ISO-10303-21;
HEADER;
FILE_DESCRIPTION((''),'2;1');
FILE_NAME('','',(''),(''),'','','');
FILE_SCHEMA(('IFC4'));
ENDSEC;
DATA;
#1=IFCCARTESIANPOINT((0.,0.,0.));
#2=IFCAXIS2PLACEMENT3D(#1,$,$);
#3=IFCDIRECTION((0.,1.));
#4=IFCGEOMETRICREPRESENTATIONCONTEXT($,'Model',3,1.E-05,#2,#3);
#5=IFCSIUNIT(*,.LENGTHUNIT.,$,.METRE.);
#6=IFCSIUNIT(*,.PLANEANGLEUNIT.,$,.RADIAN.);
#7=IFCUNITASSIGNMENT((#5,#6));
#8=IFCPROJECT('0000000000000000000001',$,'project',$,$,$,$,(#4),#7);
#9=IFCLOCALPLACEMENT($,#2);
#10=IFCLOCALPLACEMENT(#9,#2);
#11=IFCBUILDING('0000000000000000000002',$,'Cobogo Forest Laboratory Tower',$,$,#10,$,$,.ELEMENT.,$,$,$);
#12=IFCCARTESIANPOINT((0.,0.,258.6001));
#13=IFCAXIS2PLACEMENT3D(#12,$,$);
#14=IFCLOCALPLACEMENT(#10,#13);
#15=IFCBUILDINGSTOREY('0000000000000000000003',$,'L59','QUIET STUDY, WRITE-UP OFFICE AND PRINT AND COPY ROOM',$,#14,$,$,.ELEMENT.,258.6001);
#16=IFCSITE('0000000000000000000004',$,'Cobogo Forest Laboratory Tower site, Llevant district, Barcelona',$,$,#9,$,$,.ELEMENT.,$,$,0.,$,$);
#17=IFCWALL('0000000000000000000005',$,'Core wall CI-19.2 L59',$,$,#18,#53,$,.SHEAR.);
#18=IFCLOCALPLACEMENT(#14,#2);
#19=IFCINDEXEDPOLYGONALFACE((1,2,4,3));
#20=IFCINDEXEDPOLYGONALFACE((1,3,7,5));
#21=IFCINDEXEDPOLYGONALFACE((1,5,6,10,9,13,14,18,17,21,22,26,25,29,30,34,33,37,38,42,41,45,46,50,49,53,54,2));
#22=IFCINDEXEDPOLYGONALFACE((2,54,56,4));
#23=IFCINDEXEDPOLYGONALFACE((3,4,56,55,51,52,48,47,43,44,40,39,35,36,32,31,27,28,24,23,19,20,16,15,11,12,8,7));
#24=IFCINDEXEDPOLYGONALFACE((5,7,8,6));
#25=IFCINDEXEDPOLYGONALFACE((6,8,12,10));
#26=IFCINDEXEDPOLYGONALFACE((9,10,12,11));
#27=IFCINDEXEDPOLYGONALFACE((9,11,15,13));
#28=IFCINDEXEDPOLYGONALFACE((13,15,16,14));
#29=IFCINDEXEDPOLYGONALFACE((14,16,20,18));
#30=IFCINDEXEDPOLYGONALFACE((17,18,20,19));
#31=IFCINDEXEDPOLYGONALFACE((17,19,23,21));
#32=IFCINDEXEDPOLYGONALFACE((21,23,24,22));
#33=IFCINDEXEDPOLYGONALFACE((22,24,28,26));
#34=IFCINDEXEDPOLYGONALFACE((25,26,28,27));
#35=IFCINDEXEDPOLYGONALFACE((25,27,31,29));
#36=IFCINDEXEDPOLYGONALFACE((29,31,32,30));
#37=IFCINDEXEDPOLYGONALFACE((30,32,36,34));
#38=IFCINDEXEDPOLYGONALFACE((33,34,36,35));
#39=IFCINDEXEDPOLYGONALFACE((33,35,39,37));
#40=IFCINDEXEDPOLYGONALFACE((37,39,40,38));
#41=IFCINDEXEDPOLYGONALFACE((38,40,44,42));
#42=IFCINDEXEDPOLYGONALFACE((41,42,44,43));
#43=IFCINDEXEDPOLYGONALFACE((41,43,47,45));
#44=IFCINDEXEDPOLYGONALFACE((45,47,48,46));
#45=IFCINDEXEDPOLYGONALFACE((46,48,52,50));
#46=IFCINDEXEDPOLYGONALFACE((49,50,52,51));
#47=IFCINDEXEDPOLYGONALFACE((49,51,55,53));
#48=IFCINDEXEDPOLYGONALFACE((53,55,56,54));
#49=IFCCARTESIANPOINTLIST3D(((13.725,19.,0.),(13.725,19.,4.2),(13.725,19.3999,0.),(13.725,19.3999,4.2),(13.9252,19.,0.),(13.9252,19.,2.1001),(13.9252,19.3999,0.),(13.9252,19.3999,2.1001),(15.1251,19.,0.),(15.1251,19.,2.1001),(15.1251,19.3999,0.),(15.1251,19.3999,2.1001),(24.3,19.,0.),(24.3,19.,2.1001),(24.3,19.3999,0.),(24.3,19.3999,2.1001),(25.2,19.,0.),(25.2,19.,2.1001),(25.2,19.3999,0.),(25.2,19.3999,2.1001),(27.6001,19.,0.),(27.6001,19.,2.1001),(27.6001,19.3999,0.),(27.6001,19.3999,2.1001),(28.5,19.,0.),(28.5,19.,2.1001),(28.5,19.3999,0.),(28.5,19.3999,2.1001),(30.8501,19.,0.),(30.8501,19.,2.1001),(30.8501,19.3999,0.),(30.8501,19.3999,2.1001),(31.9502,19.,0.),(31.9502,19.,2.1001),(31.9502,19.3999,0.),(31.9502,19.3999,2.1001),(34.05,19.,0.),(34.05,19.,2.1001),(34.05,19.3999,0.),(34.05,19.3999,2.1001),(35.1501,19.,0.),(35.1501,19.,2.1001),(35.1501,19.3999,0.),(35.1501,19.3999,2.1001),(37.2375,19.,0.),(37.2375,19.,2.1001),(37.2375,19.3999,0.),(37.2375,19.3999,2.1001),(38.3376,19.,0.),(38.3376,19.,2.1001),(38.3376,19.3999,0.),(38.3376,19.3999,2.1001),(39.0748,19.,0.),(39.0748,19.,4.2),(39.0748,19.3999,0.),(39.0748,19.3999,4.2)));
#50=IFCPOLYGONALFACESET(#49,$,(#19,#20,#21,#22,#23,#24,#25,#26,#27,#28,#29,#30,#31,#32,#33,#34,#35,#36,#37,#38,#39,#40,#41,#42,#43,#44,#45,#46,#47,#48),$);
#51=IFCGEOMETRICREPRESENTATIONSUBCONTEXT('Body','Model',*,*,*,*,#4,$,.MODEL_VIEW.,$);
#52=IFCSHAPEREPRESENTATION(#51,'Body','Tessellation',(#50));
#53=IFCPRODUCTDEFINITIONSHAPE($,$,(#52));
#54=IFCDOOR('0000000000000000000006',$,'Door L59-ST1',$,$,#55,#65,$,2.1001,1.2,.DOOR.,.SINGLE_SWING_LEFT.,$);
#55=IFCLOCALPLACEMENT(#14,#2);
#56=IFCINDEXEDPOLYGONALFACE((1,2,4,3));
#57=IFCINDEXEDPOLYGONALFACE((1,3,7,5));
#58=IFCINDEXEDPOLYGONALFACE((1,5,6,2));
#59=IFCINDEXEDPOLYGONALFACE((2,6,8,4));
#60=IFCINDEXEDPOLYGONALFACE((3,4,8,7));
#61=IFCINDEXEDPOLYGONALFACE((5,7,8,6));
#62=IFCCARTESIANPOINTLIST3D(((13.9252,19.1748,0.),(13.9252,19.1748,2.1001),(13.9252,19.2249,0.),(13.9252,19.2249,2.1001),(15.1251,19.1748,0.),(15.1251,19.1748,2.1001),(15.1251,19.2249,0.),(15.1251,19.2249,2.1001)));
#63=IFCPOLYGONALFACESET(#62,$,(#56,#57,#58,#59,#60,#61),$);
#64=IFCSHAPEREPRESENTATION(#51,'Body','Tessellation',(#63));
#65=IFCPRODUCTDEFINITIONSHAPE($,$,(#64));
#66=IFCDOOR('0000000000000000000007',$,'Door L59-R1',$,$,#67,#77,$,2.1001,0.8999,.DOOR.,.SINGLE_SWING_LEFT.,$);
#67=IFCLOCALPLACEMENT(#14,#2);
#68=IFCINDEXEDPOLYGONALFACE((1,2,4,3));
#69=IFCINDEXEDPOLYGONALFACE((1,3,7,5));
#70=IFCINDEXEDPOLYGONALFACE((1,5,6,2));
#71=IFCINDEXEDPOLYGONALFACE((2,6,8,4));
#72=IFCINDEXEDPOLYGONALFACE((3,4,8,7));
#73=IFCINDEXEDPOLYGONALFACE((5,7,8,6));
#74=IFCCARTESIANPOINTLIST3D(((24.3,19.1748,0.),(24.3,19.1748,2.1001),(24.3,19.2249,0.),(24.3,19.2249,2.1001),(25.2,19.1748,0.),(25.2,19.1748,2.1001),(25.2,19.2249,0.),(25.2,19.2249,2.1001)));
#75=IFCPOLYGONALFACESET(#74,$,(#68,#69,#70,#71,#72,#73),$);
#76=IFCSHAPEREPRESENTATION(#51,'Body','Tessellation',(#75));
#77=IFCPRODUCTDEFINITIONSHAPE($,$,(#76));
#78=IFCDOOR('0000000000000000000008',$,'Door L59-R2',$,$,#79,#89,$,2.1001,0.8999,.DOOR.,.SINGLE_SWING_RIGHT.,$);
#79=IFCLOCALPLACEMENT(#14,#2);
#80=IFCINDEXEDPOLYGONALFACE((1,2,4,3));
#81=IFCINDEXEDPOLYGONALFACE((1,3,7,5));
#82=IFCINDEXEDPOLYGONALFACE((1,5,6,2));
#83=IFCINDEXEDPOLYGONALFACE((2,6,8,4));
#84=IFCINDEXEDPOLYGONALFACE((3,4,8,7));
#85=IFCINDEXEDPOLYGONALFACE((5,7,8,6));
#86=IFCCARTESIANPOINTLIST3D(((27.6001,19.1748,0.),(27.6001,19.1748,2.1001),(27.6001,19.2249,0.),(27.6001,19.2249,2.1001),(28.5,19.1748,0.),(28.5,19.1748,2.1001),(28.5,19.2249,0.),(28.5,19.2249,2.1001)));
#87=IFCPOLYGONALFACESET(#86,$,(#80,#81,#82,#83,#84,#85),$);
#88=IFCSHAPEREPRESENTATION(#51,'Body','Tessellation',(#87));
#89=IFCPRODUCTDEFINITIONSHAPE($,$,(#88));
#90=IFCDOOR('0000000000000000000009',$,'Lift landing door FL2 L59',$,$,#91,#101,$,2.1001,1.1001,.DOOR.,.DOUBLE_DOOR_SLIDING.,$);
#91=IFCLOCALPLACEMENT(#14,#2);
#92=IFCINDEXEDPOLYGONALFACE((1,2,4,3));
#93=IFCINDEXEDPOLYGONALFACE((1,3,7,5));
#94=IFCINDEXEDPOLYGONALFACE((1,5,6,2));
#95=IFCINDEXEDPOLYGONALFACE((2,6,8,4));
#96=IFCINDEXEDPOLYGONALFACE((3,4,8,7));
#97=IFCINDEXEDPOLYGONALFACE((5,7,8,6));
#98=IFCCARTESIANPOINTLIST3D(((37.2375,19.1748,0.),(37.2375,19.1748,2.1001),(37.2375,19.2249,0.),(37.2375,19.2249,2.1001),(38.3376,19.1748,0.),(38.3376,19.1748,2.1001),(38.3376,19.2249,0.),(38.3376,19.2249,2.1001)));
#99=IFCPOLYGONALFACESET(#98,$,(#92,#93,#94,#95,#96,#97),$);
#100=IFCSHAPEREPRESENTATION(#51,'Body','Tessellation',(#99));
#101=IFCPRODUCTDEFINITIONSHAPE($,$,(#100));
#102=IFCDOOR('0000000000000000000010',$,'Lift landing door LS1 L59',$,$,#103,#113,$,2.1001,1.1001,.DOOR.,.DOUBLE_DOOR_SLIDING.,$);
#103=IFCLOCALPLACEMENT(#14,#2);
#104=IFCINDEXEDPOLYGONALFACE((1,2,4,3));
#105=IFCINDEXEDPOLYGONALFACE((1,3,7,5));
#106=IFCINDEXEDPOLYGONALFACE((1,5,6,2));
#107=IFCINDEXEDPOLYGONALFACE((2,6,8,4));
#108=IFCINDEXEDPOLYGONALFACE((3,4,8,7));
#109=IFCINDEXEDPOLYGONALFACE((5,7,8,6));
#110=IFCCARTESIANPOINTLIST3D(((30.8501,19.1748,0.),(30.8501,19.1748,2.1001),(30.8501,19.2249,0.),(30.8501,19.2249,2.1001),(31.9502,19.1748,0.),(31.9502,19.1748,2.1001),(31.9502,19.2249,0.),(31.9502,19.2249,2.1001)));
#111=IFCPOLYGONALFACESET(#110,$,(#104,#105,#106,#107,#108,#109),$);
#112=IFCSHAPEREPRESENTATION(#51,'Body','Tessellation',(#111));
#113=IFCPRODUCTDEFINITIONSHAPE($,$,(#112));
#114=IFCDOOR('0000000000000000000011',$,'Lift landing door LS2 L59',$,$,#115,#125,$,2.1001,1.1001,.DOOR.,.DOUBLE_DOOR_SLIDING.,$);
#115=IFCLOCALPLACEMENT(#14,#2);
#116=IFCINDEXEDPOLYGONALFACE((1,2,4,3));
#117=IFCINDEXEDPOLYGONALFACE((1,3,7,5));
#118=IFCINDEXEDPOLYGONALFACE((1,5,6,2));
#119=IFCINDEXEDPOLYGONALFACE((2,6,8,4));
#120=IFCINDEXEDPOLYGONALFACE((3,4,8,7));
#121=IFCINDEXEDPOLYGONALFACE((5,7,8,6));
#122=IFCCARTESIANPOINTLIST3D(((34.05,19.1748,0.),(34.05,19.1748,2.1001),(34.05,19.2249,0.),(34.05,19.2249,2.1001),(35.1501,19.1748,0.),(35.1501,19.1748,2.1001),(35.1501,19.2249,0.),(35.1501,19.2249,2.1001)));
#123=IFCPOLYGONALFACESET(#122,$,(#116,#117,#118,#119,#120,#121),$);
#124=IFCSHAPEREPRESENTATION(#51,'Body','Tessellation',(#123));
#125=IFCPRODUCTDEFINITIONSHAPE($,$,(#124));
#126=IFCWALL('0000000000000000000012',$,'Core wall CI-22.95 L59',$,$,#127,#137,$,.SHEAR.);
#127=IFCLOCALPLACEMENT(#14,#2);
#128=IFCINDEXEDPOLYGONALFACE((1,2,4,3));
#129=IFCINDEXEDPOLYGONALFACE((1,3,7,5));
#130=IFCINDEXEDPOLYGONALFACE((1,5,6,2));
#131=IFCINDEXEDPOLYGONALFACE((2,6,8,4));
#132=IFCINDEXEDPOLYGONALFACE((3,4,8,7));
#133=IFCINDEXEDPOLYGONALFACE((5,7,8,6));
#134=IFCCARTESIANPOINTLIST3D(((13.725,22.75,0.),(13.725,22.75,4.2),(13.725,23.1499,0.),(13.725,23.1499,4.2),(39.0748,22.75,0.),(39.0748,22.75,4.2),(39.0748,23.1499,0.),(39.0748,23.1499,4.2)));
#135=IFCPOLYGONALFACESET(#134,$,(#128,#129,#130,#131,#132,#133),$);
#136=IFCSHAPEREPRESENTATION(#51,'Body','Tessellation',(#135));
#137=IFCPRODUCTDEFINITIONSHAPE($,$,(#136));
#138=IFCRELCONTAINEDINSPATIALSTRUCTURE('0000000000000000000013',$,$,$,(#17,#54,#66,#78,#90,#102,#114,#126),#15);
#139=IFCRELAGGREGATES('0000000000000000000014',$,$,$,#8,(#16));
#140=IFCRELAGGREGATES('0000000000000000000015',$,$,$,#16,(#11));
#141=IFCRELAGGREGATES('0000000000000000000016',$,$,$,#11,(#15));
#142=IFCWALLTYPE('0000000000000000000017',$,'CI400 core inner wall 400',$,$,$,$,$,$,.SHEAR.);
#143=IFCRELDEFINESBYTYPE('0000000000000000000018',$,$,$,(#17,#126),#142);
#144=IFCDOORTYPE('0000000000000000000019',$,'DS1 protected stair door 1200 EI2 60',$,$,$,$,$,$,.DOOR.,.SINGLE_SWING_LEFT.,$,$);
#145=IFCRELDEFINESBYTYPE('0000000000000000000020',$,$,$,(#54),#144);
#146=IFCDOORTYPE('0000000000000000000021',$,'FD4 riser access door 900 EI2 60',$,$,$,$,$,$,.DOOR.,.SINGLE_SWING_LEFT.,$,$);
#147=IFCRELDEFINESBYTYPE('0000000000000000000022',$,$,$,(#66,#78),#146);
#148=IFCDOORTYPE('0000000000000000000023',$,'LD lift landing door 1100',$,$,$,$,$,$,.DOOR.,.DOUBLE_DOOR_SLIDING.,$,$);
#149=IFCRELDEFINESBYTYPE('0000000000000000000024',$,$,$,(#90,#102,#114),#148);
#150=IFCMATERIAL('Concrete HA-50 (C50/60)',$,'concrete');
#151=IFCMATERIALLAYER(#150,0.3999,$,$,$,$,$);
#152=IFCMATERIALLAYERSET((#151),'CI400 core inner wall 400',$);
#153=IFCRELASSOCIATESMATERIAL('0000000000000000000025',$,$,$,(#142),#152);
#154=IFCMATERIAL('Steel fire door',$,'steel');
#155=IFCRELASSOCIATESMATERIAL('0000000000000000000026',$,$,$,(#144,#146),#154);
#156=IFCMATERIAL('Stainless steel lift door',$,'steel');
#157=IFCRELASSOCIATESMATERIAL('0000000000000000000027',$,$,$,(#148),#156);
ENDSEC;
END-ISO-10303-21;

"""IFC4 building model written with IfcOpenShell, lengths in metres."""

from ifc_helpers import new_model, si_unit, direction, frame, frame_2d, origin, place, context, subcontext, project, spatial, rectangle, extrude, material, layer, layer_set, type_object, element, fill, save


model = new_model("IFC4")

# Units and contexts
model_context = context("Model", 3, precision=1e-05, world=origin(), true_north=direction((0.0, 1.0)))
body_context = subcontext(model_context, "Body", "Model", "MODEL_VIEW")
ifc_project = project(units=[si_unit("LENGTHUNIT", "METRE"), si_unit("PLANEANGLEUNIT", "RADIAN")], contexts=[model_context])

# Site, building, storey
site_placement = place(None, origin())
site = spatial("IfcSite", under=ifc_project, at=site_placement, Name="Cobogo Forest Laboratory Tower site, Llevant district, Barcelona", CompositionType="ELEMENT", RefElevation=0.0)
building_placement = place(site_placement, origin())
building = spatial("IfcBuilding", under=site, at=building_placement, Name="Cobogo Forest Laboratory Tower", CompositionType="ELEMENT")
storey_placement = place(building_placement, frame((0.0, 0.0, 258.6001)))
storey = spatial("IfcBuildingStorey", under=building, at=storey_placement, Name="L59", Description="QUIET STUDY, WRITE-UP OFFICE AND PRINT AND COPY ROOM", CompositionType="ELEMENT", Elevation=258.6001)

# Shared definitions
ifc_material_1 = material(Name="Concrete HA-50 (C50/60)", Category="concrete")

# Wall, openings, doors
ifc_layer_1 = layer(ifc_material_1, 0.3999)
ifc_layer_set_1 = layer_set([ifc_layer_1], Name="CI400 core inner wall 400")
wall_type_1 = type_object("IfcWallType", Name="CI400 core inner wall 400", PredefinedType="SHEAR", material=ifc_layer_set_1)
wall_1_placement = place(storey_placement, frame((13.7251, 19.2, 0.0), z_axis=(0.0, 0.0, 1.0), x_axis=(1.0, 0.0, 0.0)))
wall_1 = element("IfcWall", 1, at=wall_1_placement, inside=storey, type_object=wall_type_1, Name="Core wall CI-19.2 L59", PredefinedType="SHEAR", context=body_context, shape_type="SweptSolid", body=[
    extrude(rectangle(XDim=25.3499, YDim=0.3999, at=frame_2d((12.6748, 0.0))), origin(), (0.0, 0.0, 1.0), 4.2),
])
opening_1_placement = place(wall_1_placement, frame((10.575, 0.0, 0.0)))
opening_1 = element("IfcOpeningElement", 2, at=opening_1_placement, cuts=wall_1, PredefinedType="OPENING", context=body_context, shape_type="SweptSolid", body=[
    extrude(rectangle(XDim=0.8999, YDim=2.1001, at=frame_2d((0.45, 1.05))), frame((0.0, 0.21, 0.0), z_axis=(0.0, -1.0, 0.0), x_axis=(1.0, 0.0, 0.0)), (0.0, 0.0, 1.0), 0.4199),
])
opening_2_placement = place(wall_1_placement, frame((13.875, 0.0, 0.0)))
opening_2 = element("IfcOpeningElement", 3, at=opening_2_placement, cuts=wall_1, PredefinedType="OPENING", context=body_context, shape_type="SweptSolid", body=[
    extrude(rectangle(XDim=0.8999, YDim=2.1001, at=frame_2d((0.45, 1.05))), frame((0.0, 0.21, 0.0), z_axis=(0.0, -1.0, 0.0), x_axis=(1.0, 0.0, 0.0)), (0.0, 0.0, 1.0), 0.4199),
])
opening_3_placement = place(wall_1_placement, frame((0.2, 0.0, 0.0)))
opening_3 = element("IfcOpeningElement", 4, at=opening_3_placement, cuts=wall_1, PredefinedType="OPENING", context=body_context, shape_type="SweptSolid", body=[
    extrude(rectangle(XDim=1.2, YDim=2.1001, at=frame_2d((0.6001, 1.05))), frame((0.0, 0.21, 0.0), z_axis=(0.0, -1.0, 0.0), x_axis=(1.0, 0.0, 0.0)), (0.0, 0.0, 1.0), 0.4199),
])
opening_4_placement = place(wall_1_placement, frame((23.5125, 0.0, 0.0)))
opening_4 = element("IfcOpeningElement", 5, at=opening_4_placement, cuts=wall_1, PredefinedType="OPENING", context=body_context, shape_type="SweptSolid", body=[
    extrude(rectangle(XDim=1.1001, YDim=2.1001, at=frame_2d((0.55, 1.05))), frame((0.0, 0.21, 0.0), z_axis=(0.0, -1.0, 0.0), x_axis=(1.0, 0.0, 0.0)), (0.0, 0.0, 1.0), 0.4199),
])
opening_5_placement = place(wall_1_placement, frame((17.125, 0.0, 0.0)))
opening_5 = element("IfcOpeningElement", 6, at=opening_5_placement, cuts=wall_1, PredefinedType="OPENING", context=body_context, shape_type="SweptSolid", body=[
    extrude(rectangle(XDim=1.1001, YDim=2.1001, at=frame_2d((0.55, 1.05))), frame((0.0, 0.21, 0.0), z_axis=(0.0, -1.0, 0.0), x_axis=(1.0, 0.0, 0.0)), (0.0, 0.0, 1.0), 0.4199),
])
opening_6_placement = place(wall_1_placement, frame((20.325, 0.0, 0.0)))
opening_6 = element("IfcOpeningElement", 7, at=opening_6_placement, cuts=wall_1, PredefinedType="OPENING", context=body_context, shape_type="SweptSolid", body=[
    extrude(rectangle(XDim=1.1001, YDim=2.1001, at=frame_2d((0.55, 1.05))), frame((0.0, 0.21, 0.0), z_axis=(0.0, -1.0, 0.0), x_axis=(1.0, 0.0, 0.0)), (0.0, 0.0, 1.0), 0.4199),
])
ifc_material_2 = material(Name="Steel fire door", Category="steel")
door_type_1 = type_object("IfcDoorType", Name="DS1 protected stair door 1200 EI2 60", OperationType="SINGLE_SWING_LEFT", PredefinedType="DOOR", material=ifc_material_2)
door_1_placement = place(opening_3_placement, origin())
door_1 = element("IfcDoor", 8, at=door_1_placement, inside=storey, type_object=door_type_1, Name="Door L59-ST1", OperationType="SINGLE_SWING_LEFT", OverallHeight=2.1001, OverallWidth=1.2, PredefinedType="DOOR", context=body_context, shape_type="SweptSolid", body=[
    extrude(rectangle(XDim=1.2, YDim=2.1001, at=frame_2d((0.6001, 1.05))), frame((0.0, 0.0249, 0.0), z_axis=(0.0, -1.0, 0.0), x_axis=(1.0, 0.0, 0.0)), (0.0, 0.0, 1.0), 0.05),
])
fill(opening_3, door_1)
door_type_2 = type_object("IfcDoorType", Name="FD4 riser access door 900 EI2 60", OperationType="SINGLE_SWING_LEFT", PredefinedType="DOOR", material=ifc_material_2)
door_2_placement = place(opening_1_placement, origin())
door_2 = element("IfcDoor", 9, at=door_2_placement, inside=storey, type_object=door_type_2, Name="Door L59-R1", OperationType="SINGLE_SWING_LEFT", OverallHeight=2.1001, OverallWidth=0.8999, PredefinedType="DOOR", context=body_context, shape_type="SweptSolid", body=[
    extrude(rectangle(XDim=0.8999, YDim=2.1001, at=frame_2d((0.45, 1.05))), frame((0.0, 0.0249, 0.0), z_axis=(0.0, -1.0, 0.0), x_axis=(1.0, 0.0, 0.0)), (0.0, 0.0, 1.0), 0.05),
])
fill(opening_1, door_2)
door_3_placement = place(opening_2_placement, origin())
door_3 = element("IfcDoor", 10, at=door_3_placement, inside=storey, type_object=door_type_2, Name="Door L59-R2", OperationType="SINGLE_SWING_RIGHT", OverallHeight=2.1001, OverallWidth=0.8999, PredefinedType="DOOR", context=body_context, shape_type="SweptSolid", body=[
    extrude(rectangle(XDim=0.8999, YDim=2.1001, at=frame_2d((0.45, 1.05))), frame((0.0, 0.0249, 0.0), z_axis=(0.0, -1.0, 0.0), x_axis=(1.0, 0.0, 0.0)), (0.0, 0.0, 1.0), 0.05),
])
fill(opening_2, door_3)
ifc_material_3 = material(Name="Stainless steel lift door", Category="steel")
door_type_3 = type_object("IfcDoorType", Name="LD lift landing door 1100", OperationType="DOUBLE_DOOR_SLIDING", PredefinedType="DOOR", material=ifc_material_3)
door_4_placement = place(opening_4_placement, origin())
door_4 = element("IfcDoor", 11, at=door_4_placement, inside=storey, type_object=door_type_3, Name="Lift landing door FL2 L59", OperationType="DOUBLE_DOOR_SLIDING", OverallHeight=2.1001, OverallWidth=1.1001, PredefinedType="DOOR", context=body_context, shape_type="SweptSolid", body=[
    extrude(rectangle(XDim=1.1001, YDim=2.1001, at=frame_2d((0.55, 1.05))), frame((0.0, 0.0249, 0.0), z_axis=(0.0, -1.0, 0.0), x_axis=(1.0, 0.0, 0.0)), (0.0, 0.0, 1.0), 0.05),
])
fill(opening_4, door_4)
door_5_placement = place(opening_5_placement, origin())
door_5 = element("IfcDoor", 12, at=door_5_placement, inside=storey, type_object=door_type_3, Name="Lift landing door LS1 L59", OperationType="DOUBLE_DOOR_SLIDING", OverallHeight=2.1001, OverallWidth=1.1001, PredefinedType="DOOR", context=body_context, shape_type="SweptSolid", body=[
    extrude(rectangle(XDim=1.1001, YDim=2.1001, at=frame_2d((0.55, 1.05))), frame((0.0, 0.0249, 0.0), z_axis=(0.0, -1.0, 0.0), x_axis=(1.0, 0.0, 0.0)), (0.0, 0.0, 1.0), 0.05),
])
fill(opening_5, door_5)
door_6_placement = place(opening_6_placement, origin())
door_6 = element("IfcDoor", 13, at=door_6_placement, inside=storey, type_object=door_type_3, Name="Lift landing door LS2 L59", OperationType="DOUBLE_DOOR_SLIDING", OverallHeight=2.1001, OverallWidth=1.1001, PredefinedType="DOOR", context=body_context, shape_type="SweptSolid", body=[
    extrude(rectangle(XDim=1.1001, YDim=2.1001, at=frame_2d((0.55, 1.05))), frame((0.0, 0.0249, 0.0), z_axis=(0.0, -1.0, 0.0), x_axis=(1.0, 0.0, 0.0)), (0.0, 0.0, 1.0), 0.05),
])
fill(opening_6, door_6)

# Wall
wall_2_placement = place(storey_placement, frame((13.7251, 22.95, 0.0), z_axis=(0.0, 0.0, 1.0), x_axis=(1.0, 0.0, 0.0)))
element("IfcWall", 14, at=wall_2_placement, inside=storey, type_object=wall_type_1, Name="Core wall CI-22.95 L59", PredefinedType="SHEAR", context=body_context, shape_type="SweptSolid", body=[
    extrude(rectangle(XDim=25.3499, YDim=0.3999, at=frame_2d((12.6748, 0.0))), origin(), (0.0, 0.0, 1.0), 4.2),
])

save(model, "model.ifc")
